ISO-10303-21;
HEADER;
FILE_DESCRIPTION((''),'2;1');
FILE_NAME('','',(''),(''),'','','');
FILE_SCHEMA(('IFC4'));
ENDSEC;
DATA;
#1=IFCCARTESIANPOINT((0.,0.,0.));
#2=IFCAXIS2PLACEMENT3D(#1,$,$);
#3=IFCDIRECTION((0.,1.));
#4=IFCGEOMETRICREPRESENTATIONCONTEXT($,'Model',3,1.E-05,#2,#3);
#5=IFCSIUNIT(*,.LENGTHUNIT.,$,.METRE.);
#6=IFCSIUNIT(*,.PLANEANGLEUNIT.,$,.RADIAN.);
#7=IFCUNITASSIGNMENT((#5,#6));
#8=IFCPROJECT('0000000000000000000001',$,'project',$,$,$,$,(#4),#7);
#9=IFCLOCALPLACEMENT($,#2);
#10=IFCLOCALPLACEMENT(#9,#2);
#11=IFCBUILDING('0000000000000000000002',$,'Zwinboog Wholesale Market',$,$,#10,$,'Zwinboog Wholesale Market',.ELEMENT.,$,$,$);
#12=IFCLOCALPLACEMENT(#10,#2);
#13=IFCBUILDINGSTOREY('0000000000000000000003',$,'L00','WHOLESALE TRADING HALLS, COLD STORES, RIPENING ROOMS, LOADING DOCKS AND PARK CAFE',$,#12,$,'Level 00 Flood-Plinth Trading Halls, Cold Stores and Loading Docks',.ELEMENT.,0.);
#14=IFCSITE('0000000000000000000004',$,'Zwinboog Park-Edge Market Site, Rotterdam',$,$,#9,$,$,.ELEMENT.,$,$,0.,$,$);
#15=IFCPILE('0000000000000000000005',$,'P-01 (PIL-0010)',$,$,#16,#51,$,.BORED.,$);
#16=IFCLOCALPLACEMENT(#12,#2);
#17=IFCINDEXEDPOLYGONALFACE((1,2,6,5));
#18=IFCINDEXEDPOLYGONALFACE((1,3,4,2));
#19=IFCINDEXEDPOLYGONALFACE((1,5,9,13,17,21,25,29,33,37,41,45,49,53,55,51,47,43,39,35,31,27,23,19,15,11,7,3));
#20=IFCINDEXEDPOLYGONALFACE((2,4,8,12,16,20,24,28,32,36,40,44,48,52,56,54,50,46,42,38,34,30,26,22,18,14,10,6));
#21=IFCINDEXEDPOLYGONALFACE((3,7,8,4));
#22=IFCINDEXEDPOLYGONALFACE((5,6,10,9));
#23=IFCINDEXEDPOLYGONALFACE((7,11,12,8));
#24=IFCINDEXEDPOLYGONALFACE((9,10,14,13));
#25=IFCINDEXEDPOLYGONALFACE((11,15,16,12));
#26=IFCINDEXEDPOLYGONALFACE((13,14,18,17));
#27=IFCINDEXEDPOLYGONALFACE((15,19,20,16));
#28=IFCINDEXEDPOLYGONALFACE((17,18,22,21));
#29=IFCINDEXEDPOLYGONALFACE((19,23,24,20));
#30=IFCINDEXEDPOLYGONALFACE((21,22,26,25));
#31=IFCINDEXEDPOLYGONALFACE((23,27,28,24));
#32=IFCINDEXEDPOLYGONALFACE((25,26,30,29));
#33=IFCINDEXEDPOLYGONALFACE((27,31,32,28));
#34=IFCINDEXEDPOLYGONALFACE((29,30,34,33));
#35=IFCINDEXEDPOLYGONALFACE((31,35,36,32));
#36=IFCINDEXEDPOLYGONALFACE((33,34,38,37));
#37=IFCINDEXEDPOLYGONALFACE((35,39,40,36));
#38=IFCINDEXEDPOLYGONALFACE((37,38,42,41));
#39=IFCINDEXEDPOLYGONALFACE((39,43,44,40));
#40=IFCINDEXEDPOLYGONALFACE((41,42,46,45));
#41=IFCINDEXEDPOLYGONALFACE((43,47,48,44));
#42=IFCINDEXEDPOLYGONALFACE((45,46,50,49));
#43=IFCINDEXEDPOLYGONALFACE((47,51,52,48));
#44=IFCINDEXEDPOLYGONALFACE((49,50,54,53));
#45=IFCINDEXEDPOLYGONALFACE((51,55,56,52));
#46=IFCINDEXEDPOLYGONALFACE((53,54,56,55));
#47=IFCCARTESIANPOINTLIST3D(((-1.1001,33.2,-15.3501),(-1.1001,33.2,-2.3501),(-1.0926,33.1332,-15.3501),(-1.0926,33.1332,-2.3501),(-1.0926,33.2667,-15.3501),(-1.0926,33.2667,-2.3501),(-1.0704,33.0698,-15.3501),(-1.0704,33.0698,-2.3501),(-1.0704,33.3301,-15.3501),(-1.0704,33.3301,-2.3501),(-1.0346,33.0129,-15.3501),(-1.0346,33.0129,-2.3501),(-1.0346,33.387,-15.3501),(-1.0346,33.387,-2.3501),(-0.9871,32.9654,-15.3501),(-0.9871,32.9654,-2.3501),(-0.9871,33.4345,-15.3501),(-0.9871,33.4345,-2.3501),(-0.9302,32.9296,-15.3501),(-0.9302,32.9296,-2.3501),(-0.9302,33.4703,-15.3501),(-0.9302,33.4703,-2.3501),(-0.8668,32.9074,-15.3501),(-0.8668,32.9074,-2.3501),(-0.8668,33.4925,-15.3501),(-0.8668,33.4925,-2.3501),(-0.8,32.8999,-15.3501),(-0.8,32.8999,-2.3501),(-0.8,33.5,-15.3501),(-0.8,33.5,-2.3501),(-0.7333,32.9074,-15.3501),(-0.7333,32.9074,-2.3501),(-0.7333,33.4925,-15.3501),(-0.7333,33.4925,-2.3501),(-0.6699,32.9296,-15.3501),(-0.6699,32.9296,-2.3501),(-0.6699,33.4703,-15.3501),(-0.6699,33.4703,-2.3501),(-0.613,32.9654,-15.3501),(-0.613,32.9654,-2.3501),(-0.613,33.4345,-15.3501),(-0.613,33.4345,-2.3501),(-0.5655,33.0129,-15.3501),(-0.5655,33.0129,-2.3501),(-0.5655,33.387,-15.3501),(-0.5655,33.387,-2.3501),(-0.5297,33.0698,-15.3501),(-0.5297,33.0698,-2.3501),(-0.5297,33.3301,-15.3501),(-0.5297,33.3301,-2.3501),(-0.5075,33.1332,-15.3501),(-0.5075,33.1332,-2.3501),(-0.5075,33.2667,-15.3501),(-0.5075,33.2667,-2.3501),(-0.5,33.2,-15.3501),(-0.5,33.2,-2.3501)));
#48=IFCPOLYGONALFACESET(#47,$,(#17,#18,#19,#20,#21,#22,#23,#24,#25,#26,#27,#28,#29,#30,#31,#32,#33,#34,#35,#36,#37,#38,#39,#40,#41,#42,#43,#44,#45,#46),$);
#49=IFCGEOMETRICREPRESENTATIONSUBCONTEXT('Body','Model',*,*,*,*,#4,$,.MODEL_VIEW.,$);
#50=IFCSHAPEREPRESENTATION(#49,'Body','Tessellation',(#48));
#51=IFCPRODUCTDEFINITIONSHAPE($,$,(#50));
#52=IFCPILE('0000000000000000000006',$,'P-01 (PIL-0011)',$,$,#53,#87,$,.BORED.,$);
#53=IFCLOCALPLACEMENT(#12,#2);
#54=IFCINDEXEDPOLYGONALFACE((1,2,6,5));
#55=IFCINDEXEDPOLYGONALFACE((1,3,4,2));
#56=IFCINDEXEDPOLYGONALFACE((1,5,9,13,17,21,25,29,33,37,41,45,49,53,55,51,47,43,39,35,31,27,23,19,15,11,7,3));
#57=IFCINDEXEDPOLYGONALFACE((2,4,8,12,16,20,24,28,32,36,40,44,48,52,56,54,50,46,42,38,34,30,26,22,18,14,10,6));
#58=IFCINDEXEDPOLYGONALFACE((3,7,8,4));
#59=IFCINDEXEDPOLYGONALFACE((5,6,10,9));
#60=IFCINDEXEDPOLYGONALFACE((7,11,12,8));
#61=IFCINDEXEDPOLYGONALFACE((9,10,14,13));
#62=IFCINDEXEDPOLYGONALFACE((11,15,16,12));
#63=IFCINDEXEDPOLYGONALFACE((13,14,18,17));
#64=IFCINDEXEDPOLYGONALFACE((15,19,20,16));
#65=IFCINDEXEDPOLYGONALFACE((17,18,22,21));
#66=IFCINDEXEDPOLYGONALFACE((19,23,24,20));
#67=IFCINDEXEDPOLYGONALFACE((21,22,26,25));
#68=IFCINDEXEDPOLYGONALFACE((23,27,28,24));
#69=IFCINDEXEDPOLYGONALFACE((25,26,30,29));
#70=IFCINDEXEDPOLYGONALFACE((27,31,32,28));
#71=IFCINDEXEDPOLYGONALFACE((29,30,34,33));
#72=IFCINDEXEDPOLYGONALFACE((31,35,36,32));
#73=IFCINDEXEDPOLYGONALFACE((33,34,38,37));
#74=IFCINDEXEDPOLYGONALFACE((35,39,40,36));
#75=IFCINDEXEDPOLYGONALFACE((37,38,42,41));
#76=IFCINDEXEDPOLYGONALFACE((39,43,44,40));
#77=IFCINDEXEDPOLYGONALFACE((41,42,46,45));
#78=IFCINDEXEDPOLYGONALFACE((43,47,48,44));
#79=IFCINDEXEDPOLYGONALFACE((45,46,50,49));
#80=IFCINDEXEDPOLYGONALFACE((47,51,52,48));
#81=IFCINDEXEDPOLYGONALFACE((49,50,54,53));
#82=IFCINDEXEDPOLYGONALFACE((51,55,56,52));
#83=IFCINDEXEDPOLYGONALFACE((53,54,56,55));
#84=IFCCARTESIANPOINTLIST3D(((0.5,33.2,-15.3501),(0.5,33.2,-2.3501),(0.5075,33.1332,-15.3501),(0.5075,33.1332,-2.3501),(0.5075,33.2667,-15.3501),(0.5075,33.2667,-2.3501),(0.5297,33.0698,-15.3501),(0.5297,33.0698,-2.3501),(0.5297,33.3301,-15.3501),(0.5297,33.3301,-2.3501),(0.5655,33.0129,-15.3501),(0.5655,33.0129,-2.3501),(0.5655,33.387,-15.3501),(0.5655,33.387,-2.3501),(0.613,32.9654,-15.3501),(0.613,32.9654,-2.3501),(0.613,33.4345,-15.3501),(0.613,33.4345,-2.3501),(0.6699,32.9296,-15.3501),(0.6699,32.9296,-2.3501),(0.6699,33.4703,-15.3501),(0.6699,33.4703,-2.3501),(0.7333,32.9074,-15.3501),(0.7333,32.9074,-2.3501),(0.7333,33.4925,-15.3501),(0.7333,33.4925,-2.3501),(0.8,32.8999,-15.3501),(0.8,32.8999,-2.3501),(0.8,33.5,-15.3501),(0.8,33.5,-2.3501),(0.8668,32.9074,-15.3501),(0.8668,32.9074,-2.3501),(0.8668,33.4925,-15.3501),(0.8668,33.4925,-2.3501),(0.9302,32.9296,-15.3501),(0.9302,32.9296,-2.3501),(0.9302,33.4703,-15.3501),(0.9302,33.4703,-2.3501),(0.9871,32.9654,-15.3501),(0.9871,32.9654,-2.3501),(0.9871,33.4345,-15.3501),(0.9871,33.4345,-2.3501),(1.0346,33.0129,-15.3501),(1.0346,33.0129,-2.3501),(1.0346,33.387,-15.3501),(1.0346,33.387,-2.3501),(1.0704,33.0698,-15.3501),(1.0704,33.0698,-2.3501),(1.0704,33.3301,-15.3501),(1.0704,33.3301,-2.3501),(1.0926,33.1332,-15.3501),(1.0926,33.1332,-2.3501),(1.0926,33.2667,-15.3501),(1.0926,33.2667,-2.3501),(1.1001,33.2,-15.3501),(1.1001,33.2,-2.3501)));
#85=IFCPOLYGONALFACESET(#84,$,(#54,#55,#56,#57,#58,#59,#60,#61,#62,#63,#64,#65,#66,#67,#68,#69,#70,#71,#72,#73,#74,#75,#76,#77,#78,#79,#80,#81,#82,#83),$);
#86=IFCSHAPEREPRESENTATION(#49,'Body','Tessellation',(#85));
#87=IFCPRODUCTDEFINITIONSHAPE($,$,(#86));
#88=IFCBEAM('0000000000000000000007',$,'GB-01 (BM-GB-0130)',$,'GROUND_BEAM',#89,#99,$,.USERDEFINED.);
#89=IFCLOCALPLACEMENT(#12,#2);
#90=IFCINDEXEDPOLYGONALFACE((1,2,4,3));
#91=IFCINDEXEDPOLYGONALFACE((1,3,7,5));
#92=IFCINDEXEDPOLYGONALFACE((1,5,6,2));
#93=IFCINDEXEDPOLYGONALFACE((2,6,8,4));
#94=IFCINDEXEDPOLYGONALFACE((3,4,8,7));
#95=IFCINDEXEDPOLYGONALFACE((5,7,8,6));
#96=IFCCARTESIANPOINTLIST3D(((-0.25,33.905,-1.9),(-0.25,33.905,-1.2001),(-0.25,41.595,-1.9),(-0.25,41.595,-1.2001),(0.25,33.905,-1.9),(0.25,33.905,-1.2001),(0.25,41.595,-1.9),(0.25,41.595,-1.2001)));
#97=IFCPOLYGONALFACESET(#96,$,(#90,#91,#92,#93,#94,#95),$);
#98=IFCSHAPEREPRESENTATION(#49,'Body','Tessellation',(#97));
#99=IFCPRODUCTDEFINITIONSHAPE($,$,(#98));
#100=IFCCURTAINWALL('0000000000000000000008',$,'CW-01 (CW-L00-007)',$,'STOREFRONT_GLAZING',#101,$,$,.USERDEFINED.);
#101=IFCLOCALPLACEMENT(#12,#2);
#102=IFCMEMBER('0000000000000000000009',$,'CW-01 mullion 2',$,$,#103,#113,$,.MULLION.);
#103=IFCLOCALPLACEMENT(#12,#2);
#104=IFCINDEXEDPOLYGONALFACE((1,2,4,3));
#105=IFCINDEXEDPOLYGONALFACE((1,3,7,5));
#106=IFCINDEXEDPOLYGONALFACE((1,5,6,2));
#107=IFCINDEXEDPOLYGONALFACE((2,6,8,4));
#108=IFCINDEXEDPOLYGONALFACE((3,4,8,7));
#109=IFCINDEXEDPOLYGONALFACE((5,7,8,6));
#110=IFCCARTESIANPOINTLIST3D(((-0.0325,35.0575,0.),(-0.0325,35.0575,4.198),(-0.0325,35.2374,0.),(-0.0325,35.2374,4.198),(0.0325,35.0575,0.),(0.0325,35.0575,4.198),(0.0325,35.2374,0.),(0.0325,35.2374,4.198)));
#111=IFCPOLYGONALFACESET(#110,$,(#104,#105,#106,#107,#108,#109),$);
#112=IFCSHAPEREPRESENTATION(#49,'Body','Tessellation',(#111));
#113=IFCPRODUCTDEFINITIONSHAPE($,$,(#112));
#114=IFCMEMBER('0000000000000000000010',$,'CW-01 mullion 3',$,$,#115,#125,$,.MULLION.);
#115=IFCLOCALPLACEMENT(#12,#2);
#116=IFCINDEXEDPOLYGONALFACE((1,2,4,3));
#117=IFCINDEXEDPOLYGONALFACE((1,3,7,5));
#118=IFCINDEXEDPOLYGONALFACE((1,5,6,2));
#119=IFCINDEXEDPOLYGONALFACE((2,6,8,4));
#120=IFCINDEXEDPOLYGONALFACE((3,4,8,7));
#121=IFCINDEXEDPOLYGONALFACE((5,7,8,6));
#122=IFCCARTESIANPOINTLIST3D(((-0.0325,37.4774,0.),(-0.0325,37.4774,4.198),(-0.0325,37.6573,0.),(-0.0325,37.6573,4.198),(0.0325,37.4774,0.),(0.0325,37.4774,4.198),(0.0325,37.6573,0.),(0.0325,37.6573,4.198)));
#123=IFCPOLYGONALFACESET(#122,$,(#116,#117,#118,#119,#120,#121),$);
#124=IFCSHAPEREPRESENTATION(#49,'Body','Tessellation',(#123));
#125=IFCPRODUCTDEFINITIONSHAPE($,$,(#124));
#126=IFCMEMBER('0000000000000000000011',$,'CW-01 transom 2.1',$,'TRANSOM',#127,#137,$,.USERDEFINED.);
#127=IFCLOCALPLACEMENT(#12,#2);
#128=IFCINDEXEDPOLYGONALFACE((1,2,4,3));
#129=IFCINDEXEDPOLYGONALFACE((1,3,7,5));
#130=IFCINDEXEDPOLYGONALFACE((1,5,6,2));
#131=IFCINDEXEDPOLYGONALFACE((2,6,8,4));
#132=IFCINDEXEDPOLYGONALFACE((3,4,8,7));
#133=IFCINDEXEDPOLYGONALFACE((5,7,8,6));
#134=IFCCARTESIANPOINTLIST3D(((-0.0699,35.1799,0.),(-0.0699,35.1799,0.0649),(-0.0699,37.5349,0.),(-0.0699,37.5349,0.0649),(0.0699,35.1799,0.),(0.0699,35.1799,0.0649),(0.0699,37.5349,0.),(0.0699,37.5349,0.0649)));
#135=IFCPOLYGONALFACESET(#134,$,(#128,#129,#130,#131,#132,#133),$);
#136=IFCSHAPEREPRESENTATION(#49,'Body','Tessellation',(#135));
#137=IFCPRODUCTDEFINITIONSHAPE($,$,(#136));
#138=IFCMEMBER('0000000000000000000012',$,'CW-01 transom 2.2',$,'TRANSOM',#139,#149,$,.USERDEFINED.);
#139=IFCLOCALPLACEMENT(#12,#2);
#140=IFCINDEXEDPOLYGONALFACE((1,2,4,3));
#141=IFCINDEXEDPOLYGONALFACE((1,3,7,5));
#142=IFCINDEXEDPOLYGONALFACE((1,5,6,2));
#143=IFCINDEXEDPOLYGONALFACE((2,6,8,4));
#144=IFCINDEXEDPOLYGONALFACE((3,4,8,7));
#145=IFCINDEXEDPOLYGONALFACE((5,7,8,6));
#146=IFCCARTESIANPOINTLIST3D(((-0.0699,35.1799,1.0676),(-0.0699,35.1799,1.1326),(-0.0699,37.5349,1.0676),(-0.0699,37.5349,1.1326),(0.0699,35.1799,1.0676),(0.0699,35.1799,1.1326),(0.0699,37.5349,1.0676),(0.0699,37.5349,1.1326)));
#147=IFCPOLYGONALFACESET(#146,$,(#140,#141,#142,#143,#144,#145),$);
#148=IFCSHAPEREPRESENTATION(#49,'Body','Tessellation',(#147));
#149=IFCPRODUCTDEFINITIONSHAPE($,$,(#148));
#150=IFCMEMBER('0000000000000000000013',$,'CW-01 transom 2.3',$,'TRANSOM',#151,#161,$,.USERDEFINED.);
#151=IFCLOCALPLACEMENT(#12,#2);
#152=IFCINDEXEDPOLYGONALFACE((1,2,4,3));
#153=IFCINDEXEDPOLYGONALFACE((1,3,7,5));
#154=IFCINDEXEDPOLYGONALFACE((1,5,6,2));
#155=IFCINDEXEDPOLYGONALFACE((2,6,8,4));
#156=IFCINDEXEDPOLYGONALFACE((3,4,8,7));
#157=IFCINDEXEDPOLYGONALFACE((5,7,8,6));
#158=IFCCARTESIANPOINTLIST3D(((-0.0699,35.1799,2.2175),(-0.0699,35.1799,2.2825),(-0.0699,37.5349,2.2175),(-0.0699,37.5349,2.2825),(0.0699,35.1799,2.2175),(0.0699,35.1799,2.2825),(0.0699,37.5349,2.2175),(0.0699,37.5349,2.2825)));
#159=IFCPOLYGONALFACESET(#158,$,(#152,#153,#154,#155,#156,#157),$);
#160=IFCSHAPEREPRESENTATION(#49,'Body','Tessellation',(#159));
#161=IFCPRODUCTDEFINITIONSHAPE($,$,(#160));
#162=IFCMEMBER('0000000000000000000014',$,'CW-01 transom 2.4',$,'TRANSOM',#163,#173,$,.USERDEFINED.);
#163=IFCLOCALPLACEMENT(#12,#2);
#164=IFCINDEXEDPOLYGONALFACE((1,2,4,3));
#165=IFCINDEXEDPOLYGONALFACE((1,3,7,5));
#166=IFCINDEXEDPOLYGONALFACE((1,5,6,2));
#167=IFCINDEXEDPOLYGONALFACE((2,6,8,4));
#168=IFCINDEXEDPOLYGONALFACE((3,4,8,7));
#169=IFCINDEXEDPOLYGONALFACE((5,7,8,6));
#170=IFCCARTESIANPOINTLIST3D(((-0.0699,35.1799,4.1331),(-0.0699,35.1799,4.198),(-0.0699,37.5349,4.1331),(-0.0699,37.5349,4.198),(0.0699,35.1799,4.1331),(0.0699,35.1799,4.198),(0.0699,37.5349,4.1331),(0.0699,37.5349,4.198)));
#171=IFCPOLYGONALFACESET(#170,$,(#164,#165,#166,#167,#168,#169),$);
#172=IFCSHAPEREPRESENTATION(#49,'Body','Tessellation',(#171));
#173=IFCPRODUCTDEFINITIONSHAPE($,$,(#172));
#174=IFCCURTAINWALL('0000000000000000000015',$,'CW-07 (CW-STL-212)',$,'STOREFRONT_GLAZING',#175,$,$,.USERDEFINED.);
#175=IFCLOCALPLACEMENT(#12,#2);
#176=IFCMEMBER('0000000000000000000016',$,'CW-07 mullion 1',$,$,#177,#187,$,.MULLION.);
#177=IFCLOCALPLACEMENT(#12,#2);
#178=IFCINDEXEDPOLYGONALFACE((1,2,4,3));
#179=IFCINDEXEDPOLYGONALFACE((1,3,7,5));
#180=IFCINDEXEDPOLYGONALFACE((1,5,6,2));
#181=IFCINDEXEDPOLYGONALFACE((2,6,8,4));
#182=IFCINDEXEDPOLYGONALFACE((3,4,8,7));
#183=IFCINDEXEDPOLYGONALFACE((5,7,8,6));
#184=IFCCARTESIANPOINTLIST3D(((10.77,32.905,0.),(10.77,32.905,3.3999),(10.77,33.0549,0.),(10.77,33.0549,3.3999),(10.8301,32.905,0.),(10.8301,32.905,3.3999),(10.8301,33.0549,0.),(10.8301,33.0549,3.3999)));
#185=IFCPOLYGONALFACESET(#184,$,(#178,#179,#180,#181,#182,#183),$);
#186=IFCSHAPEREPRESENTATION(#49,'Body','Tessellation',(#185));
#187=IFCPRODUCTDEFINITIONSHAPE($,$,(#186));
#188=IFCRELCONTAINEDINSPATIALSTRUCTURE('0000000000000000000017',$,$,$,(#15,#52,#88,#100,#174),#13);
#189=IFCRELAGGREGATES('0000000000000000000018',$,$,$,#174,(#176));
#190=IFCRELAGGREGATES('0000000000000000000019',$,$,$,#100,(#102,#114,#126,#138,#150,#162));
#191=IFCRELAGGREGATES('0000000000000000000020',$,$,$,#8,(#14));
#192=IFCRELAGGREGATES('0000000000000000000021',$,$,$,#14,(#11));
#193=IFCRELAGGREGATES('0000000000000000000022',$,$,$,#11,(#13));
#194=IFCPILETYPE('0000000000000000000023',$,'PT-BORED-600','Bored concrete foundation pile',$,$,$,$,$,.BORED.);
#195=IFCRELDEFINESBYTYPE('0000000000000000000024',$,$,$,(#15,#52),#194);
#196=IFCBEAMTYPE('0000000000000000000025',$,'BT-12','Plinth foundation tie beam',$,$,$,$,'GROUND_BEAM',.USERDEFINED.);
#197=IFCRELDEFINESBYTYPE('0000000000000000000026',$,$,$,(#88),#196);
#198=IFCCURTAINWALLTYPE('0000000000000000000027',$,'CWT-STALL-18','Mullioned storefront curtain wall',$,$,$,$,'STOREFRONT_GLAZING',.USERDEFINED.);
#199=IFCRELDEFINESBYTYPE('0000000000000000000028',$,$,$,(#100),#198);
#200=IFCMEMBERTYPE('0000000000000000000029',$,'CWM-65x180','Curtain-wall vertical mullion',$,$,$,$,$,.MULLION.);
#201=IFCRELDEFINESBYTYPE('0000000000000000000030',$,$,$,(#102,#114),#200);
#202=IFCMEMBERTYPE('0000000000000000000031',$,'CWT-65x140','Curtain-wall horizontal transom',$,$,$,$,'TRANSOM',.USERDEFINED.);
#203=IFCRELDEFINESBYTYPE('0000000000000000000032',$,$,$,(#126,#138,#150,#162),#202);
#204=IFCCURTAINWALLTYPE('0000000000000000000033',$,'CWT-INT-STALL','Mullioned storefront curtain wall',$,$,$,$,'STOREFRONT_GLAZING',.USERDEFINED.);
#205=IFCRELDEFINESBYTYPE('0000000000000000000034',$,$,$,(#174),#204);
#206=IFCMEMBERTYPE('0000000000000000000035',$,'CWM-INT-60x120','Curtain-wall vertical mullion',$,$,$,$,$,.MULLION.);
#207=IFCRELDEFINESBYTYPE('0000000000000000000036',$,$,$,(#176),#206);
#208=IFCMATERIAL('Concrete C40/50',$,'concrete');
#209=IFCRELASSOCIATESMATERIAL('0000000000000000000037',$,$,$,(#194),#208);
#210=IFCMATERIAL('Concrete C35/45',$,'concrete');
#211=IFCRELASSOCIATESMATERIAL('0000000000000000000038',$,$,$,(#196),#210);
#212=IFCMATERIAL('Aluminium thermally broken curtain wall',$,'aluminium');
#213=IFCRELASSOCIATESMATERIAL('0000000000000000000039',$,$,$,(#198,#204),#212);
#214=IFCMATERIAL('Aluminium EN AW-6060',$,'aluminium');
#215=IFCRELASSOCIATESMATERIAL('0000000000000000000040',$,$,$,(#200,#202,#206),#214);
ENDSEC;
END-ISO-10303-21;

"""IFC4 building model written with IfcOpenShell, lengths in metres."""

from ifc_helpers import new_model, si_unit, direction, frame, origin, origin_2d, place, context, subcontext, project, spatial, rectangle, circle, extrude, material, material_profile, profile_set, type_object, element, aggregate, save


model = new_model("IFC4")

# Units and contexts
model_context = context("Model", 3, precision=1e-05, world=origin(), true_north=direction((0.0, 1.0)))
body_context = subcontext(model_context, "Body", "Model", "MODEL_VIEW")
ifc_project = project(units=[si_unit("LENGTHUNIT", "METRE"), si_unit("PLANEANGLEUNIT", "RADIAN")], contexts=[model_context])

# Site, building, storey
site_placement = place(None, origin())
site = spatial("IfcSite", under=ifc_project, at=site_placement, Name="Zwinboog Park-Edge Market Site, Rotterdam", CompositionType="ELEMENT", RefElevation=0.0)
building_placement = place(site_placement, origin())
building = spatial("IfcBuilding", under=site, at=building_placement, Name="Zwinboog Wholesale Market", LongName="Zwinboog Wholesale Market", CompositionType="ELEMENT")
storey_placement = place(building_placement, origin())
storey = spatial("IfcBuildingStorey", under=building, at=storey_placement, Name="L00", Description="WHOLESALE TRADING HALLS, COLD STORES, RIPENING ROOMS, LOADING DOCKS AND PARK CAFE", LongName="Level 00 Flood-Plinth Trading Halls, Cold Stores and Loading Docks", CompositionType="ELEMENT", Elevation=0.0)

# Piles
ifc_material_1 = material(Name="Concrete C40/50", Category="concrete")
ifc_material_profile_1 = material_profile(ifc_material_1, circle(Radius=0.3, at=origin_2d()), Name="PILE D600")
ifc_profile_set_1 = profile_set([ifc_material_profile_1], Name="Concrete C40/50")
pile_type = type_object("IfcPileType", Name="PT-BORED-600", Description="Bored concrete foundation pile", PredefinedType="BORED", material=ifc_profile_set_1)
for number, where, z_axis, x_axis, name in (
    (1, (-0.8, 33.2, -2.3501), (0.0, 0.0, -1.0), (1.0, 0.0, 0.0), "P-01 (PIL-0010)"),
    (2, (0.8, 33.2, -2.3501), (0.0, 0.0, -1.0), (1.0, 0.0, 0.0), "P-01 (PIL-0011)"),
):
    element("IfcPile", number, at=place(storey_placement, frame(where, z_axis=z_axis, x_axis=x_axis)), inside=storey, type_object=pile_type, Name=name, PredefinedType="BORED", context=body_context, shape_type="SweptSolid", body=[
        extrude(circle(Radius=0.3, at=origin_2d()), origin(), (0.0, 0.0, 1.0), 13.0),
    ])

# Beam
ifc_material_2 = material(Name="Concrete C35/45", Category="concrete")
ifc_material_profile_2 = material_profile(ifc_material_2, rectangle(XDim=0.5, YDim=0.7, at=origin_2d()), Name="RC 500x700")
ifc_profile_set_2 = profile_set([ifc_material_profile_2], Name="Concrete C35/45")
beam_type = type_object("IfcBeamType", Name="BT-12", Description="Plinth foundation tie beam", ElementType="GROUND_BEAM", PredefinedType="USERDEFINED", material=ifc_profile_set_2)
beam_placement = place(storey_placement, frame((0.0, 33.905, -1.55), z_axis=(0.0, 1.0, 0.0), x_axis=(-1.0, 0.0, 0.0)))
element("IfcBeam", 3, at=beam_placement, inside=storey, type_object=beam_type, Name="GB-01 (BM-GB-0130)", ObjectType="GROUND_BEAM", PredefinedType="USERDEFINED", context=body_context, shape_type="SweptSolid", body=[
    extrude(rectangle(XDim=0.5, YDim=0.7, at=origin_2d()), origin(), (0.0, 0.0, 1.0), 7.6899),
])

# Curtain walls, members
ifc_material_3 = material(Name="Aluminium thermally broken curtain wall", Category="aluminium")
curtain_wall_type_1 = type_object("IfcCurtainWallType", Name="CWT-STALL-18", Description="Mullioned storefront curtain wall", ElementType="STOREFRONT_GLAZING", PredefinedType="USERDEFINED", material=ifc_material_3)
curtain_wall_1_placement = place(storey_placement, origin())
curtain_wall_1 = element("IfcCurtainWall", 4, at=curtain_wall_1_placement, inside=storey, type_object=curtain_wall_type_1, Name="CW-01 (CW-L00-007)", ObjectType="STOREFRONT_GLAZING", PredefinedType="USERDEFINED")
ifc_material_4 = material(Name="Aluminium EN AW-6060", Category="aluminium")
ifc_material_profile_3 = material_profile(ifc_material_4, rectangle(XDim=0.0649, YDim=0.1799, at=origin_2d()), Name="AL 65x180")
ifc_profile_set_3 = profile_set([ifc_material_profile_3], Name="Aluminium EN AW-6060")
member_type_1 = type_object("IfcMemberType", Name="CWM-65x180", Description="Curtain-wall vertical mullion", PredefinedType="MULLION", material=ifc_profile_set_3)
member_1_placement = place(storey_placement, frame((0.0, 35.1475, 0.0), z_axis=(0.0, 0.0, 1.0), x_axis=(-1.0, 0.0, 0.0)))
member_1 = element("IfcMember", 5, at=member_1_placement, type_object=member_type_1, Name="CW-01 mullion 2", PredefinedType="MULLION", context=body_context, shape_type="SweptSolid", body=[
    extrude(rectangle(XDim=0.0649, YDim=0.1799, at=origin_2d()), origin(), (0.0, 0.0, 1.0), 4.198),
])
member_2_placement = place(storey_placement, frame((0.0, 37.5674, 0.0), z_axis=(0.0, 0.0, 1.0), x_axis=(-1.0, 0.0, 0.0)))
member_2 = element("IfcMember", 6, at=member_2_placement, type_object=member_type_1, Name="CW-01 mullion 3", PredefinedType="MULLION", context=body_context, shape_type="SweptSolid", body=[
    extrude(rectangle(XDim=0.0649, YDim=0.1799, at=origin_2d()), origin(), (0.0, 0.0, 1.0), 4.198),
])
ifc_material_profile_4 = material_profile(ifc_material_4, rectangle(XDim=0.1399, YDim=0.0649, at=origin_2d()), Name="AL 65x140")
ifc_profile_set_4 = profile_set([ifc_material_profile_4], Name="Aluminium EN AW-6060")
member_type_2 = type_object("IfcMemberType", Name="CWT-65x140", Description="Curtain-wall horizontal transom", ElementType="TRANSOM", PredefinedType="USERDEFINED", material=ifc_profile_set_4)
member_3_placement = place(storey_placement, frame((0.0, 35.1799, 0.0325), z_axis=(0.0, 1.0, 0.0), x_axis=(-1.0, 0.0, 0.0)))
member_3 = element("IfcMember", 7, at=member_3_placement, type_object=member_type_2, Name="CW-01 transom 2.1", ObjectType="TRANSOM", PredefinedType="USERDEFINED", context=body_context, shape_type="SweptSolid", body=[
    extrude(rectangle(XDim=0.1399, YDim=0.0649, at=origin_2d()), origin(), (0.0, 0.0, 1.0), 2.355),
])
member_4_placement = place(storey_placement, frame((0.0, 35.1799, 1.1001), z_axis=(0.0, 1.0, 0.0), x_axis=(-1.0, 0.0, 0.0)))
member_4 = element("IfcMember", 8, at=member_4_placement, type_object=member_type_2, Name="CW-01 transom 2.2", ObjectType="TRANSOM", PredefinedType="USERDEFINED", context=body_context, shape_type="SweptSolid", body=[
    extrude(rectangle(XDim=0.1399, YDim=0.0649, at=origin_2d()), origin(), (0.0, 0.0, 1.0), 2.355),
])
member_5_placement = place(storey_placement, frame((0.0, 35.1799, 2.25), z_axis=(0.0, 1.0, 0.0), x_axis=(-1.0, 0.0, 0.0)))
member_5 = element("IfcMember", 9, at=member_5_placement, type_object=member_type_2, Name="CW-01 transom 2.3", ObjectType="TRANSOM", PredefinedType="USERDEFINED", context=body_context, shape_type="SweptSolid", body=[
    extrude(rectangle(XDim=0.1399, YDim=0.0649, at=origin_2d()), origin(), (0.0, 0.0, 1.0), 2.355),
])
member_6_placement = place(storey_placement, frame((0.0, 35.1799, 4.1655), z_axis=(0.0, 1.0, 0.0), x_axis=(-1.0, 0.0, 0.0)))
member_6 = element("IfcMember", 10, at=member_6_placement, type_object=member_type_2, Name="CW-01 transom 2.4", ObjectType="TRANSOM", PredefinedType="USERDEFINED", context=body_context, shape_type="SweptSolid", body=[
    extrude(rectangle(XDim=0.1399, YDim=0.0649, at=origin_2d()), origin(), (0.0, 0.0, 1.0), 2.355),
])
curtain_wall_type_2 = type_object("IfcCurtainWallType", Name="CWT-INT-STALL", Description="Mullioned storefront curtain wall", ElementType="STOREFRONT_GLAZING", PredefinedType="USERDEFINED", material=ifc_material_3)
curtain_wall_2_placement = place(storey_placement, origin())
curtain_wall_2 = element("IfcCurtainWall", 11, at=curtain_wall_2_placement, inside=storey, type_object=curtain_wall_type_2, Name="CW-07 (CW-STL-212)", ObjectType="STOREFRONT_GLAZING", PredefinedType="USERDEFINED")
ifc_material_profile_5 = material_profile(ifc_material_4, rectangle(XDim=0.0601, YDim=0.1499, at=origin_2d()), Name="AL 60x150")
ifc_profile_set_5 = profile_set([ifc_material_profile_5], Name="Aluminium EN AW-6060")
member_type_3 = type_object("IfcMemberType", Name="CWM-INT-60x120", Description="Curtain-wall vertical mullion", PredefinedType="MULLION", material=ifc_profile_set_5)
member_7_placement = place(storey_placement, frame((10.8, 32.98, 0.0), z_axis=(0.0, 0.0, 1.0), x_axis=(-1.0, 0.0, 0.0)))
member_7 = element("IfcMember", 12, at=member_7_placement, type_object=member_type_3, Name="CW-07 mullion 1", PredefinedType="MULLION", context=body_context, shape_type="SweptSolid", body=[
    extrude(rectangle(XDim=0.0601, YDim=0.1499, at=origin_2d()), origin(), (0.0, 0.0, 1.0), 3.3999),
])
aggregate(curtain_wall_2, [member_7])

aggregate(curtain_wall_1, [member_1, member_2, member_3, member_4, member_5, member_6])

save(model, "model.ifc")
